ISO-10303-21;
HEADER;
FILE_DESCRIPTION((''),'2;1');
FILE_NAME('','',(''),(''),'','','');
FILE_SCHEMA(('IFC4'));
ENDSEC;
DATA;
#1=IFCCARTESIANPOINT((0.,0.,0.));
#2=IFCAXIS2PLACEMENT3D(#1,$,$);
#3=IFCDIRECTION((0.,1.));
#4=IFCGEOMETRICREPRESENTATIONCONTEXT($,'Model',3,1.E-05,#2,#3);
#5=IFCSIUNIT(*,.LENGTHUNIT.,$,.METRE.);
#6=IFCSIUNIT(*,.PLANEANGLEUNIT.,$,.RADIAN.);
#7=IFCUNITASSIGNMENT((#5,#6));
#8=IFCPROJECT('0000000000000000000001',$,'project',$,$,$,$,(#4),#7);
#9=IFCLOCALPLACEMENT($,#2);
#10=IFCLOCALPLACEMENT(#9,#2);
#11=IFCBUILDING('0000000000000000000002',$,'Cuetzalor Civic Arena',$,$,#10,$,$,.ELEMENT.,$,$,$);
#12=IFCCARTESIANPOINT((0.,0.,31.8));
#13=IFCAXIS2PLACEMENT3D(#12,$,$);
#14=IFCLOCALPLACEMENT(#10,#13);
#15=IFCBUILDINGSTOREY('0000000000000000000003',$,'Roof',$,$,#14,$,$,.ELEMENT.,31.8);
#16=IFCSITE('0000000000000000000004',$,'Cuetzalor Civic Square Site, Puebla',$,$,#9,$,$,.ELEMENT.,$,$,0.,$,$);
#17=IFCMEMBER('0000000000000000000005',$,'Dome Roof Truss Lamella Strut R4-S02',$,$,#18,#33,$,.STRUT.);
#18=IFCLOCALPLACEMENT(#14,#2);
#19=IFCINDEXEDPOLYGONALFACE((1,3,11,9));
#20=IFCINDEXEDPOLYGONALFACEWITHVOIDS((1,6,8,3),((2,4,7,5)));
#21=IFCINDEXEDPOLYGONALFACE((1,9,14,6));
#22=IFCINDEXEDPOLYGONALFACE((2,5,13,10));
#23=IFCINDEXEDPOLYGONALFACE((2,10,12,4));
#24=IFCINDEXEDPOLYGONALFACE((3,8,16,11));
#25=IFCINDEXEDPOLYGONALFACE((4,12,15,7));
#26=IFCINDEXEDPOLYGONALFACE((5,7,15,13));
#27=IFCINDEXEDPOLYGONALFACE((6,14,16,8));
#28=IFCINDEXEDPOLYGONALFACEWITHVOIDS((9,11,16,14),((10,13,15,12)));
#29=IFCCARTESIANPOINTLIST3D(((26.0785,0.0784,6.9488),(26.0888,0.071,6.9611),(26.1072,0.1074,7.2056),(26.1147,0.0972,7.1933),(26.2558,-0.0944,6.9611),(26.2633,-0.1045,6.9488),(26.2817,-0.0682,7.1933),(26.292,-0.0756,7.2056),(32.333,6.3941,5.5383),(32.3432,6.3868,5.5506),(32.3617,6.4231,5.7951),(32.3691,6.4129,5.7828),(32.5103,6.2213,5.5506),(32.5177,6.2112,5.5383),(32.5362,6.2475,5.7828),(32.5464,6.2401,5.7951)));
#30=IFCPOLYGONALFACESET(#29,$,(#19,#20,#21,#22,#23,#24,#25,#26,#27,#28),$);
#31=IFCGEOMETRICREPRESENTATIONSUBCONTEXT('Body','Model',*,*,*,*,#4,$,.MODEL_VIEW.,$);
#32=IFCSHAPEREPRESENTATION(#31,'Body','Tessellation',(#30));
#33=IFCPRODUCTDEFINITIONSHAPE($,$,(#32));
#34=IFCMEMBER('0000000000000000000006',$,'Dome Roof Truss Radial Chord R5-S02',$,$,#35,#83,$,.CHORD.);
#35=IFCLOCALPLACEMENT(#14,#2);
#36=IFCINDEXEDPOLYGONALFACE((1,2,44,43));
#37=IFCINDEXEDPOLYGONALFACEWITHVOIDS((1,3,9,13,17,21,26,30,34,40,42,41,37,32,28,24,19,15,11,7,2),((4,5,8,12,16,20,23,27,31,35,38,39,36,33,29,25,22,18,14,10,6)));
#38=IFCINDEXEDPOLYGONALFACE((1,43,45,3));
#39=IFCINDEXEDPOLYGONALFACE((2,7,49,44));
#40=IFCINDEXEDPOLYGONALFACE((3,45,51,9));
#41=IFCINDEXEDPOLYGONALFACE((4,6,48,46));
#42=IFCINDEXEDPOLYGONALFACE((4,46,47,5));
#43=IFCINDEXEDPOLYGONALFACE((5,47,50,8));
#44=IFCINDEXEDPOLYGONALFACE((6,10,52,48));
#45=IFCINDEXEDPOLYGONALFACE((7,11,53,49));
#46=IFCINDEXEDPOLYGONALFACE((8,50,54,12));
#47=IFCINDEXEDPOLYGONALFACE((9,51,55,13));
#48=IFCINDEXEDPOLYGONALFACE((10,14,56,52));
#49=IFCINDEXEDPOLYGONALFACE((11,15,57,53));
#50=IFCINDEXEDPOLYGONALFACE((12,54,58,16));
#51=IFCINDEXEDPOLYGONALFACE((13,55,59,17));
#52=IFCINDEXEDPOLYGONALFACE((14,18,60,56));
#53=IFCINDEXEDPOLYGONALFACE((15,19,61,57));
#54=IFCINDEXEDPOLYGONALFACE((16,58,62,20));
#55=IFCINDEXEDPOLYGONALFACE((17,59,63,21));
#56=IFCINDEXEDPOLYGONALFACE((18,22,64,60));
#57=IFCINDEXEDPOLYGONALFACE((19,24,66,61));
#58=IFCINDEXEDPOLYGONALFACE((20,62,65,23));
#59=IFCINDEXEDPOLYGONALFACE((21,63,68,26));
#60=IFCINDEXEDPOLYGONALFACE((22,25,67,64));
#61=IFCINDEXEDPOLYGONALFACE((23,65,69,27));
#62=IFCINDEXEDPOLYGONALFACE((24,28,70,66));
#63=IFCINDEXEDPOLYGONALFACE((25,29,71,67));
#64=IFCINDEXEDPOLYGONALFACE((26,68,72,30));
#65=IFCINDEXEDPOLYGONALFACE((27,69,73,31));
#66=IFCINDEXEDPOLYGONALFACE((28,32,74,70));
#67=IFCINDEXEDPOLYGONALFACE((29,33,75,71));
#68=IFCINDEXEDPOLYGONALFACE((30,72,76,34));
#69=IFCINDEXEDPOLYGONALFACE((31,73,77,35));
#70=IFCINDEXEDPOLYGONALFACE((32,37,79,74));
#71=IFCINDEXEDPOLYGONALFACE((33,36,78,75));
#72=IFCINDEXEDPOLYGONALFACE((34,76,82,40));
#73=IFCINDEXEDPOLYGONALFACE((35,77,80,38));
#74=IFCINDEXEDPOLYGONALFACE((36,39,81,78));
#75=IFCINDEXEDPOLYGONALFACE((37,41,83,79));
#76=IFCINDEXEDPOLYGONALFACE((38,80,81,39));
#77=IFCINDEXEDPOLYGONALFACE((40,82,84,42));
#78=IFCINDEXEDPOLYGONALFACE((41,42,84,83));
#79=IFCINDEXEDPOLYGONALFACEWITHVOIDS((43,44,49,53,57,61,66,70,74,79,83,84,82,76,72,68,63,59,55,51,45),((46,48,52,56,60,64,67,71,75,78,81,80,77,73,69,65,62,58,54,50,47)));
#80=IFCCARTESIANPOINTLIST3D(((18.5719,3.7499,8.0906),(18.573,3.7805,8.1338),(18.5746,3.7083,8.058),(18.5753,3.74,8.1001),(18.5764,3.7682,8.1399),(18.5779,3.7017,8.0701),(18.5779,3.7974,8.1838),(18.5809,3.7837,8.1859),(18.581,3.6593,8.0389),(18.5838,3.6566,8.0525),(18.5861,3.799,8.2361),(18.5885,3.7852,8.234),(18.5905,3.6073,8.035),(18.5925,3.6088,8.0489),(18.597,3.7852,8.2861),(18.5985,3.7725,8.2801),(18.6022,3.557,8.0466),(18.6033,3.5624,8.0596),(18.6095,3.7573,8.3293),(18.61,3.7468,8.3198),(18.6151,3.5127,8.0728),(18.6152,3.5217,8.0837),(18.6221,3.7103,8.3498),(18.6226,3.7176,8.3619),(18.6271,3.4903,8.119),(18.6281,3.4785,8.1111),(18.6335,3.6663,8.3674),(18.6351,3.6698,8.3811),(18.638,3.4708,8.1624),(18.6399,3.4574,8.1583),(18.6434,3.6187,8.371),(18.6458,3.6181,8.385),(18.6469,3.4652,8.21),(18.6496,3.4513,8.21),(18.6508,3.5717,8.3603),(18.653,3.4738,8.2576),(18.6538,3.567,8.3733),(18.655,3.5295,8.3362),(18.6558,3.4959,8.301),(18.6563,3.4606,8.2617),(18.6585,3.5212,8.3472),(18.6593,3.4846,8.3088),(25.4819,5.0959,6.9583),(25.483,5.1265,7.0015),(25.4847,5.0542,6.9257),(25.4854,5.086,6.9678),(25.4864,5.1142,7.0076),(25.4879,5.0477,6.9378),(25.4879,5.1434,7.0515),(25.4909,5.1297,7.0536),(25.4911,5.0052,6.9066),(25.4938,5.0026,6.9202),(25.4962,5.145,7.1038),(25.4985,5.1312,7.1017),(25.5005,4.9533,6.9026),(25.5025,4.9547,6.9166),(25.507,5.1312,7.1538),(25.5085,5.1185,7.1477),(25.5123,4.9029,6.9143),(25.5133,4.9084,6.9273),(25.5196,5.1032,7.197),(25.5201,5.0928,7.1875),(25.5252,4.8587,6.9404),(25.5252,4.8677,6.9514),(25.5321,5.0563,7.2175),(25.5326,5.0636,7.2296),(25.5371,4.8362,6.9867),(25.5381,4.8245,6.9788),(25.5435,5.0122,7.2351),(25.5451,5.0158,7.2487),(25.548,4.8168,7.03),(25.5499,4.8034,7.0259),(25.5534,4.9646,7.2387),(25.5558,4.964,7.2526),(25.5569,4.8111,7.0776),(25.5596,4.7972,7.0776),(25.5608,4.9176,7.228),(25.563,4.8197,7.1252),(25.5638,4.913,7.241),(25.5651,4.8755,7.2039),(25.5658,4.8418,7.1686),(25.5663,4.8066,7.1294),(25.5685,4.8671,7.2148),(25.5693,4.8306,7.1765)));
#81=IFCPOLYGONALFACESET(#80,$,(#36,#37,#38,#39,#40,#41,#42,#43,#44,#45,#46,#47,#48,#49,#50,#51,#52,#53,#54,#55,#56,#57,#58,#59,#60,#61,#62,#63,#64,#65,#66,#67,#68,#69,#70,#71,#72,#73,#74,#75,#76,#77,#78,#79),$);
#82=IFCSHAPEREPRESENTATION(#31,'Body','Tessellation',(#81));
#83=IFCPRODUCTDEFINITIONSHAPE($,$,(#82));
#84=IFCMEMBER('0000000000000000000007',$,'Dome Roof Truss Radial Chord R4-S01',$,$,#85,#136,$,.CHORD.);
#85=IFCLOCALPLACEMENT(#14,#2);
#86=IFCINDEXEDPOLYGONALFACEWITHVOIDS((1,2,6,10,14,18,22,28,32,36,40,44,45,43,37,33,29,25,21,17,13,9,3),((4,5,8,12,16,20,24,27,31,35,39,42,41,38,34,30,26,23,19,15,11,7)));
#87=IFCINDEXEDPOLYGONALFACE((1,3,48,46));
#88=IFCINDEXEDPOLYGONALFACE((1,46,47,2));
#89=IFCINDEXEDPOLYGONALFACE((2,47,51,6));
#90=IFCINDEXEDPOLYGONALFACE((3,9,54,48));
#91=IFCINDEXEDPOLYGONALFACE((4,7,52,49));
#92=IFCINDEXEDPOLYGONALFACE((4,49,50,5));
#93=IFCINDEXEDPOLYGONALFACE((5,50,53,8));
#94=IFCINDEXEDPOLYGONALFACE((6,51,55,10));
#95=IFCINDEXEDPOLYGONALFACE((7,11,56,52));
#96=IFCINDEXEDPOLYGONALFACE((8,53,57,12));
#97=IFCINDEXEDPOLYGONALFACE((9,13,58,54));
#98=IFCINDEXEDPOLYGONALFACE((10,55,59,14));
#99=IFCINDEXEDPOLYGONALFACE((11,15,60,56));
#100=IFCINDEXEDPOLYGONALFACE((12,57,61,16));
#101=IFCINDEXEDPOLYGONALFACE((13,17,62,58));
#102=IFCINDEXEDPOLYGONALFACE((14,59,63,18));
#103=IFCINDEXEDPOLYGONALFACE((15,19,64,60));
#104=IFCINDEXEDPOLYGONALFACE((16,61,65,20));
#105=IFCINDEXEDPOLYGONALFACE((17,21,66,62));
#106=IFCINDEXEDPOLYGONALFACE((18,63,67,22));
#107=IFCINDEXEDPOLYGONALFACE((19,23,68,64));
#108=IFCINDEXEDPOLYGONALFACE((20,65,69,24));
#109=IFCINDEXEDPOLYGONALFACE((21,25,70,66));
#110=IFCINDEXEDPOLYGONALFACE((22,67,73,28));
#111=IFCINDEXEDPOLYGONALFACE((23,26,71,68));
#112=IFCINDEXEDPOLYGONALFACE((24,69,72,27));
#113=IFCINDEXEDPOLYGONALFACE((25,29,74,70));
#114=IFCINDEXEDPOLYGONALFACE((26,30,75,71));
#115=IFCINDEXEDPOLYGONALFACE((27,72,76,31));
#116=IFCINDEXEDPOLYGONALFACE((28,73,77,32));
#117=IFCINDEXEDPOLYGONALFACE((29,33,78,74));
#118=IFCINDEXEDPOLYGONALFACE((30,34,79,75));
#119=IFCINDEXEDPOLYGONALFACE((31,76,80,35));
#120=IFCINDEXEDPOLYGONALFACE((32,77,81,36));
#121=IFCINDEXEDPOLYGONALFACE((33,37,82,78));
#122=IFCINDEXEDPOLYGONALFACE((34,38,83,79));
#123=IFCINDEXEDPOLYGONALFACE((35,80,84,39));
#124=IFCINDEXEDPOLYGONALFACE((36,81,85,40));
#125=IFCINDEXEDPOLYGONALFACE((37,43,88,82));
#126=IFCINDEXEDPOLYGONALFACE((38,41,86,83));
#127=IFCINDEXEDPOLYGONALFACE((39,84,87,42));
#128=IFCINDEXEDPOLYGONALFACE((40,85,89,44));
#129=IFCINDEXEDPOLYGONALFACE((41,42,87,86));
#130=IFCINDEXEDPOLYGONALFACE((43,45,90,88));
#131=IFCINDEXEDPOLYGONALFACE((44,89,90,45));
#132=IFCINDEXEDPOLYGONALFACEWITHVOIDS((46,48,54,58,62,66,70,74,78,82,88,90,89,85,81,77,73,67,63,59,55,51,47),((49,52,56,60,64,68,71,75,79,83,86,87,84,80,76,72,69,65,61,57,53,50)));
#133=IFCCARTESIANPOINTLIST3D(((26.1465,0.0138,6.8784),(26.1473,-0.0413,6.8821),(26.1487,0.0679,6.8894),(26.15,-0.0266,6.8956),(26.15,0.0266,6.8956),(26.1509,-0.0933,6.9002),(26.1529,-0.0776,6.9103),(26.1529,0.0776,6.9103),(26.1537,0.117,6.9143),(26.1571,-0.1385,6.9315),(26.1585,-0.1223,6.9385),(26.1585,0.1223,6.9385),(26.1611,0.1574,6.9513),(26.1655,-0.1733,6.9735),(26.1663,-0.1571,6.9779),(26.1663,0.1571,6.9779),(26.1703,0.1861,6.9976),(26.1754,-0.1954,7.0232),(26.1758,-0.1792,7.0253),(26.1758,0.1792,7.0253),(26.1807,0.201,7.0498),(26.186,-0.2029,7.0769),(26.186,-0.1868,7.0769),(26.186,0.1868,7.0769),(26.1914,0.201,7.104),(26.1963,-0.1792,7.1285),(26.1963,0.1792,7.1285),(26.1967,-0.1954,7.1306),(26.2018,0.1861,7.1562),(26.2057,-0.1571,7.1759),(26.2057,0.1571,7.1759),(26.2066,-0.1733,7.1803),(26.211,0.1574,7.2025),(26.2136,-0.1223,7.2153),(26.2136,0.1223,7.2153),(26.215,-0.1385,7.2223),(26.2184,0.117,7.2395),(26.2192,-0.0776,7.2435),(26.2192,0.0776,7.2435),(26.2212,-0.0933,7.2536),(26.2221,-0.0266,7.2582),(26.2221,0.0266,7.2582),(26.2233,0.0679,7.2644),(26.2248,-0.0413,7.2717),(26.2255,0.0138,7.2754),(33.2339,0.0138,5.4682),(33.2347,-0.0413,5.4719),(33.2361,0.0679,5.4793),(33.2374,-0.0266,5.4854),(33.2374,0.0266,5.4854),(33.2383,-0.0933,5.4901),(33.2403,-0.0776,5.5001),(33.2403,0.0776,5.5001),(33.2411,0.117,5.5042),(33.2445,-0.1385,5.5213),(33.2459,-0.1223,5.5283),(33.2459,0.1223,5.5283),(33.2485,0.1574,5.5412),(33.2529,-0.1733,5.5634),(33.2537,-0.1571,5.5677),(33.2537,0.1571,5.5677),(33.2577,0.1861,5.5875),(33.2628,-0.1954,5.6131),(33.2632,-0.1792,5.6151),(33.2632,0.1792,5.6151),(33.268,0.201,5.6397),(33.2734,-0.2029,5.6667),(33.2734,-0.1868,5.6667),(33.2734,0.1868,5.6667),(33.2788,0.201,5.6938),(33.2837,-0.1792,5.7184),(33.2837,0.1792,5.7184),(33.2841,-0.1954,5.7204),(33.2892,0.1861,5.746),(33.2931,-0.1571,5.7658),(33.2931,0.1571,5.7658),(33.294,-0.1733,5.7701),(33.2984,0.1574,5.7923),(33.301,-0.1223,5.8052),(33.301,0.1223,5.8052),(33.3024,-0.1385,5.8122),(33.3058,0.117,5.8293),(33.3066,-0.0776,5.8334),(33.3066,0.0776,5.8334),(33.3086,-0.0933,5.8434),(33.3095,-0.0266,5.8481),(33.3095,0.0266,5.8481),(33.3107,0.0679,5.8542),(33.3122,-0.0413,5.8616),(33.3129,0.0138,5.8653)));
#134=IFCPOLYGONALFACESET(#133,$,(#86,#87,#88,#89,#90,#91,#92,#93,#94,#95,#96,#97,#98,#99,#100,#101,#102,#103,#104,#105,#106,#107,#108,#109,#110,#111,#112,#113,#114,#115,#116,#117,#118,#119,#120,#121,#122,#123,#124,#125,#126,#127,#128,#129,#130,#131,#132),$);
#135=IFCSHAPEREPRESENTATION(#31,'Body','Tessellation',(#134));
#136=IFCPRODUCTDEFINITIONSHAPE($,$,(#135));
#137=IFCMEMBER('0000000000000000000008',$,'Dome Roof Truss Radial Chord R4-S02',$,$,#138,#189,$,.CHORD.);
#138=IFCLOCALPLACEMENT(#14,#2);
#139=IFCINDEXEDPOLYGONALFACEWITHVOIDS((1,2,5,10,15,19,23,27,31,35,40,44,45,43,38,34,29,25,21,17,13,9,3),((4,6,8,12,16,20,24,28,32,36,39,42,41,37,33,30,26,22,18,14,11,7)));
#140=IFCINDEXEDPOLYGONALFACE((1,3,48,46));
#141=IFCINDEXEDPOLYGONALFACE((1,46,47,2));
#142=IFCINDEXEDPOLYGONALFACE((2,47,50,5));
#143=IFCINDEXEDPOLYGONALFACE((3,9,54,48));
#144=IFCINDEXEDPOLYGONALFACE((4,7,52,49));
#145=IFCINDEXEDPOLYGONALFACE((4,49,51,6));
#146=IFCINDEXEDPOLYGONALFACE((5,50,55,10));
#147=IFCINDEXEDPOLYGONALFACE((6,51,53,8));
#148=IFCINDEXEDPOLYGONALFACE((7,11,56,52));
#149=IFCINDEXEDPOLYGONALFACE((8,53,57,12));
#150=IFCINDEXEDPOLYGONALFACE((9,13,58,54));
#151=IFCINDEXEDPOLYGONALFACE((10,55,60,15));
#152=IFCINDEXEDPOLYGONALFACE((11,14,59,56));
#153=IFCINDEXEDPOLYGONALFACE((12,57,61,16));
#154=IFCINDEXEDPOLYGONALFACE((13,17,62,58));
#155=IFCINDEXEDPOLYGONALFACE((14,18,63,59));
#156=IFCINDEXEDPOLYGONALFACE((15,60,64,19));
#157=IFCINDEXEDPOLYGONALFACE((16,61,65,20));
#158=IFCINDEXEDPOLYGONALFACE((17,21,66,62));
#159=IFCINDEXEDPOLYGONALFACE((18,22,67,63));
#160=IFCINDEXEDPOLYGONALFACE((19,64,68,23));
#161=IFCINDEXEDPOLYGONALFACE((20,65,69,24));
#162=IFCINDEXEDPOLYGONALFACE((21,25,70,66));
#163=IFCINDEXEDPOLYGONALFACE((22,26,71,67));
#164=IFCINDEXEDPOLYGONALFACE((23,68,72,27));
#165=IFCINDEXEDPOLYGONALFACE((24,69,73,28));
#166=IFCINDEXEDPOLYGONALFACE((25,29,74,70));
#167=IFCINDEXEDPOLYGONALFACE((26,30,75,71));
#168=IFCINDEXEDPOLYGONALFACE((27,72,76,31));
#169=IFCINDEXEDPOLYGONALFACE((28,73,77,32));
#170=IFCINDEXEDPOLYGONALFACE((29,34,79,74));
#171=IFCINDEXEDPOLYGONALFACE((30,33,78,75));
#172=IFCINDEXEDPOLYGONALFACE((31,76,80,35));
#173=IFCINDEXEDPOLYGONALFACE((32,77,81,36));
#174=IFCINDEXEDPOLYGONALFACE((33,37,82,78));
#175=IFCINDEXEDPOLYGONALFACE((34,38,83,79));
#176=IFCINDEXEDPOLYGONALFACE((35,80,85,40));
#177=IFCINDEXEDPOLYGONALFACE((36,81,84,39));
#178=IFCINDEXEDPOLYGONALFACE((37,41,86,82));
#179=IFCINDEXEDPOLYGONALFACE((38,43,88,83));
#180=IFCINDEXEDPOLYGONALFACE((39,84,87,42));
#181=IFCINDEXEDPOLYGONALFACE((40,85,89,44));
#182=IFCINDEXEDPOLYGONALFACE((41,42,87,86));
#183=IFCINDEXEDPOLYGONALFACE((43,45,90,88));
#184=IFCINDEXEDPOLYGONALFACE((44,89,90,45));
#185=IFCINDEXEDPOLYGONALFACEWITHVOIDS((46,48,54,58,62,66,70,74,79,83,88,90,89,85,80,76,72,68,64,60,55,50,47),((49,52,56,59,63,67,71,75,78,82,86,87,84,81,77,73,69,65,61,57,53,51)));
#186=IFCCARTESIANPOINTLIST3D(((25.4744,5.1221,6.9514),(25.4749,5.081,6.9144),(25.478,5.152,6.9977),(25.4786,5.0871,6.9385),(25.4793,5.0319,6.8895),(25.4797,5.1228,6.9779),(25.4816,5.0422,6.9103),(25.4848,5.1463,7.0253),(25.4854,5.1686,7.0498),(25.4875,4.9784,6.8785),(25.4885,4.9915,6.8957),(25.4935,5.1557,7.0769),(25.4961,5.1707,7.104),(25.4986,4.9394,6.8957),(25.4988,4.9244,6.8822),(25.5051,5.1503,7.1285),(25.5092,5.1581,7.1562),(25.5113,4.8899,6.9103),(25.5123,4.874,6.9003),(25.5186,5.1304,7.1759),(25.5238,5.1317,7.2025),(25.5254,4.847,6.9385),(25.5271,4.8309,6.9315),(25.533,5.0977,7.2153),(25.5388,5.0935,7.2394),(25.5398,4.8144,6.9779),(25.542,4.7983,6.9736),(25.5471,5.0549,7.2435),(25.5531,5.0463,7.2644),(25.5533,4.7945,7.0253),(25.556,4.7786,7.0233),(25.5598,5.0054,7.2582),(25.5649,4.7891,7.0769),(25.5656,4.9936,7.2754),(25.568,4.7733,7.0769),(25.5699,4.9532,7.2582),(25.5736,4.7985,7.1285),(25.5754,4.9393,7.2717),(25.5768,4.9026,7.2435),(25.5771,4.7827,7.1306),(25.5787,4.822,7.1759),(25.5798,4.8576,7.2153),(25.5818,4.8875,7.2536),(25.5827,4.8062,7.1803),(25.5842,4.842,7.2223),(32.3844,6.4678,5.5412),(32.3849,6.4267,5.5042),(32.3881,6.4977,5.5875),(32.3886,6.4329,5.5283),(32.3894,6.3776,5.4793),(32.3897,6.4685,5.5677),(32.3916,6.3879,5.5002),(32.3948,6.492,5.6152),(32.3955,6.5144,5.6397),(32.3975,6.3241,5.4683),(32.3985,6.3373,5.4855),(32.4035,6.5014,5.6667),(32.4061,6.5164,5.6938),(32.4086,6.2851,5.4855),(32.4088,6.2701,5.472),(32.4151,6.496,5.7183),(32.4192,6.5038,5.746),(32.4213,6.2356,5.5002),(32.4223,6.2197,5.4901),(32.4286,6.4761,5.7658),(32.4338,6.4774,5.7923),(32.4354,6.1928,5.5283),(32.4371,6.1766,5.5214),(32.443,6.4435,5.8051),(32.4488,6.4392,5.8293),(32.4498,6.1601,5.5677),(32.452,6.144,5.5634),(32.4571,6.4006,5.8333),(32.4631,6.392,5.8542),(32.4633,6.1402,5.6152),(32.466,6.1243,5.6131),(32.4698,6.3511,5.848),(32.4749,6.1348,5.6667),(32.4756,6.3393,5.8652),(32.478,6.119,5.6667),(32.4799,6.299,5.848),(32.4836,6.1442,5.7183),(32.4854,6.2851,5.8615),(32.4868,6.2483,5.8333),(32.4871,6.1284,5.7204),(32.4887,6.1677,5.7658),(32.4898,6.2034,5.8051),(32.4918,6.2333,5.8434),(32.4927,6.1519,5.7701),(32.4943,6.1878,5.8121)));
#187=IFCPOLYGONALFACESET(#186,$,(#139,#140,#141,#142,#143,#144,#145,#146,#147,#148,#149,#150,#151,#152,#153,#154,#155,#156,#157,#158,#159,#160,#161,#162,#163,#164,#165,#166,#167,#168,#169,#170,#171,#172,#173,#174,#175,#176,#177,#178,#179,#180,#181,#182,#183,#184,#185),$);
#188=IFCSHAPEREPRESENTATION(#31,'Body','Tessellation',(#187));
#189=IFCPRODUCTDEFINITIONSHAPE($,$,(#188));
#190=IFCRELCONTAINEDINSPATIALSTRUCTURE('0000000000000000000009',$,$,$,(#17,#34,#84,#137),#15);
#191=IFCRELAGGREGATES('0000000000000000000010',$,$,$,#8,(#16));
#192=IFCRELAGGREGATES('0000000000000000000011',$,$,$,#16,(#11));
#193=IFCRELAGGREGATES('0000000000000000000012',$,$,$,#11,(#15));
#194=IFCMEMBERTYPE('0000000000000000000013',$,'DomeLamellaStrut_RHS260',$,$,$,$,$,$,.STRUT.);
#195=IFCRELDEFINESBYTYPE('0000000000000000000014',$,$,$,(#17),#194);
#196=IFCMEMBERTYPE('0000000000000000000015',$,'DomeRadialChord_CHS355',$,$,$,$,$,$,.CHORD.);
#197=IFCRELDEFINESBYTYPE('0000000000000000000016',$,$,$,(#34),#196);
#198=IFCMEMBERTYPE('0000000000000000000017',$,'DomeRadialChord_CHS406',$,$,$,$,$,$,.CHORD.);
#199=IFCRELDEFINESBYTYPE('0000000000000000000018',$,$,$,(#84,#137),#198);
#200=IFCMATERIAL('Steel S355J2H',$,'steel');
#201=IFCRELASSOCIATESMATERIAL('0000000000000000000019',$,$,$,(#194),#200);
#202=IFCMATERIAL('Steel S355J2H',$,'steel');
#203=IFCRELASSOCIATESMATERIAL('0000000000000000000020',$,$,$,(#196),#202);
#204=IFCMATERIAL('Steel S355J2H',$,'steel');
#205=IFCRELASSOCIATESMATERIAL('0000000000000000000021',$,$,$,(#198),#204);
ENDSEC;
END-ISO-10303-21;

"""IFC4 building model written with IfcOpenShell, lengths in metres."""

from ifc_helpers import new_model, si_unit, direction, frame, origin, origin_2d, place, context, subcontext, project, spatial, hollow_rectangle, hollow_circle, extrude, material, material_profile, profile_set, type_object, element, save


model = new_model("IFC4")

# Units and contexts
model_context = context("Model", 3, precision=1e-05, world=origin(), true_north=direction((0.0, 1.0)))
body_context = subcontext(model_context, "Body", "Model", "MODEL_VIEW")
ifc_project = project(units=[si_unit("LENGTHUNIT", "METRE"), si_unit("PLANEANGLEUNIT", "RADIAN")], contexts=[model_context])

# Site, building, storey
site_placement = place(None, origin())
site = spatial("IfcSite", under=ifc_project, at=site_placement, Name="Cuetzalor Civic Square Site, Puebla", CompositionType="ELEMENT", RefElevation=0.0)
building_placement = place(site_placement, origin())
building = spatial("IfcBuilding", under=site, at=building_placement, Name="Cuetzalor Civic Arena", CompositionType="ELEMENT")
storey_placement = place(building_placement, frame((0.0, 0.0, 31.8)))
storey = spatial("IfcBuildingStorey", under=building, at=storey_placement, Name="Roof", CompositionType="ELEMENT", Elevation=31.8)

# Members
ifc_material_1 = material(Name="Steel S355J2H", Category="steel")
ifc_material_profile_1 = material_profile(ifc_material_1, hollow_rectangle(XDim=0.26, YDim=0.26, WallThickness=0.0125, at=origin_2d()), Name="RHS 260x260x12.5")
ifc_profile_set_1 = profile_set([ifc_material_profile_1], Name="Steel S355J2H")
member_type_1 = type_object("IfcMemberType", Name="DomeLamellaStrut_RHS260", PredefinedType="STRUT", material=ifc_profile_set_1)
member_1_placement = place(storey_placement, frame((32.4397, 6.3171, 5.6667), z_axis=(-0.694957, -0.701766, 0.156717), x_axis=(0.710545, -0.703651, 0.0)))
element("IfcMember", 1, at=member_1_placement, inside=storey, type_object=member_type_1, Name="Dome Roof Truss Lamella Strut R4-S02", PredefinedType="STRUT", context=body_context, shape_type="SweptSolid", body=[
    extrude(hollow_rectangle(XDim=0.26, YDim=0.26, WallThickness=0.0125, at=origin_2d()), origin(), (0.0, 0.0, 1.0), 8.9998),
])
ifc_material_2 = material(Name="Steel S355J2H", Category="steel")
ifc_material_profile_2 = material_profile(ifc_material_2, hollow_circle(Radius=0.1777, WallThickness=0.0142, at=origin_2d()), Name="CHS 355.6x14.2")
ifc_profile_set_2 = profile_set([ifc_material_profile_2], Name="Steel S355J2H")
member_type_2 = type_object("IfcMemberType", Name="DomeRadialChord_CHS355", PredefinedType="CHORD", material=ifc_profile_set_2)
member_2_placement = place(storey_placement, frame((25.5256, 4.9717, 7.0776), z_axis=(-0.969097, -0.188766, 0.158805), x_axis=(0.191192, -0.981553, 0.0)))
element("IfcMember", 2, at=member_2_placement, inside=storey, type_object=member_type_2, Name="Dome Roof Truss Radial Chord R5-S02", PredefinedType="CHORD", context=body_context, shape_type="SweptSolid", body=[
    extrude(hollow_circle(Radius=0.1777, WallThickness=0.0142, at=origin_2d()), origin(), (0.0, 0.0, 1.0), 7.1304),
])
ifc_material_3 = material(Name="Steel S355J2H", Category="steel")
ifc_material_profile_3 = material_profile(ifc_material_3, hollow_circle(Radius=0.2029, WallThickness=0.0161, at=origin_2d()), Name="CHS 406x16")
ifc_profile_set_3 = profile_set([ifc_material_profile_3], Name="Steel S355J2H")
member_type_3 = type_object("IfcMemberType", Name="DomeRadialChord_CHS406", PredefinedType="CHORD", material=ifc_profile_set_3)
member_3_placement = place(storey_placement, frame((33.2734, 0.0, 5.6667), z_axis=(-0.980775, 0.0, 0.195141), x_axis=(0.0, -1.0, 0.0)))
element("IfcMember", 3, at=member_3_placement, inside=storey, type_object=member_type_3, Name="Dome Roof Truss Radial Chord R4-S01", PredefinedType="CHORD", context=body_context, shape_type="SweptSolid", body=[
    extrude(hollow_circle(Radius=0.2029, WallThickness=0.0161, at=origin_2d()), origin(), (0.0, 0.0, 1.0), 7.2263),
])
member_4_placement = place(storey_placement, frame((32.4392, 6.3181, 5.6667), z_axis=(-0.96244, -0.187435, 0.196412), x_axis=(0.191158, -0.981559, 0.0)))
element("IfcMember", 4, at=member_4_placement, inside=storey, type_object=member_type_3, Name="Dome Roof Truss Radial Chord R4-S02", PredefinedType="CHORD", context=body_context, shape_type="SweptSolid", body=[
    extrude(hollow_circle(Radius=0.2029, WallThickness=0.0161, at=origin_2d()), origin(), (0.0, 0.0, 1.0), 7.1797),
])

save(model, "model.ifc")
